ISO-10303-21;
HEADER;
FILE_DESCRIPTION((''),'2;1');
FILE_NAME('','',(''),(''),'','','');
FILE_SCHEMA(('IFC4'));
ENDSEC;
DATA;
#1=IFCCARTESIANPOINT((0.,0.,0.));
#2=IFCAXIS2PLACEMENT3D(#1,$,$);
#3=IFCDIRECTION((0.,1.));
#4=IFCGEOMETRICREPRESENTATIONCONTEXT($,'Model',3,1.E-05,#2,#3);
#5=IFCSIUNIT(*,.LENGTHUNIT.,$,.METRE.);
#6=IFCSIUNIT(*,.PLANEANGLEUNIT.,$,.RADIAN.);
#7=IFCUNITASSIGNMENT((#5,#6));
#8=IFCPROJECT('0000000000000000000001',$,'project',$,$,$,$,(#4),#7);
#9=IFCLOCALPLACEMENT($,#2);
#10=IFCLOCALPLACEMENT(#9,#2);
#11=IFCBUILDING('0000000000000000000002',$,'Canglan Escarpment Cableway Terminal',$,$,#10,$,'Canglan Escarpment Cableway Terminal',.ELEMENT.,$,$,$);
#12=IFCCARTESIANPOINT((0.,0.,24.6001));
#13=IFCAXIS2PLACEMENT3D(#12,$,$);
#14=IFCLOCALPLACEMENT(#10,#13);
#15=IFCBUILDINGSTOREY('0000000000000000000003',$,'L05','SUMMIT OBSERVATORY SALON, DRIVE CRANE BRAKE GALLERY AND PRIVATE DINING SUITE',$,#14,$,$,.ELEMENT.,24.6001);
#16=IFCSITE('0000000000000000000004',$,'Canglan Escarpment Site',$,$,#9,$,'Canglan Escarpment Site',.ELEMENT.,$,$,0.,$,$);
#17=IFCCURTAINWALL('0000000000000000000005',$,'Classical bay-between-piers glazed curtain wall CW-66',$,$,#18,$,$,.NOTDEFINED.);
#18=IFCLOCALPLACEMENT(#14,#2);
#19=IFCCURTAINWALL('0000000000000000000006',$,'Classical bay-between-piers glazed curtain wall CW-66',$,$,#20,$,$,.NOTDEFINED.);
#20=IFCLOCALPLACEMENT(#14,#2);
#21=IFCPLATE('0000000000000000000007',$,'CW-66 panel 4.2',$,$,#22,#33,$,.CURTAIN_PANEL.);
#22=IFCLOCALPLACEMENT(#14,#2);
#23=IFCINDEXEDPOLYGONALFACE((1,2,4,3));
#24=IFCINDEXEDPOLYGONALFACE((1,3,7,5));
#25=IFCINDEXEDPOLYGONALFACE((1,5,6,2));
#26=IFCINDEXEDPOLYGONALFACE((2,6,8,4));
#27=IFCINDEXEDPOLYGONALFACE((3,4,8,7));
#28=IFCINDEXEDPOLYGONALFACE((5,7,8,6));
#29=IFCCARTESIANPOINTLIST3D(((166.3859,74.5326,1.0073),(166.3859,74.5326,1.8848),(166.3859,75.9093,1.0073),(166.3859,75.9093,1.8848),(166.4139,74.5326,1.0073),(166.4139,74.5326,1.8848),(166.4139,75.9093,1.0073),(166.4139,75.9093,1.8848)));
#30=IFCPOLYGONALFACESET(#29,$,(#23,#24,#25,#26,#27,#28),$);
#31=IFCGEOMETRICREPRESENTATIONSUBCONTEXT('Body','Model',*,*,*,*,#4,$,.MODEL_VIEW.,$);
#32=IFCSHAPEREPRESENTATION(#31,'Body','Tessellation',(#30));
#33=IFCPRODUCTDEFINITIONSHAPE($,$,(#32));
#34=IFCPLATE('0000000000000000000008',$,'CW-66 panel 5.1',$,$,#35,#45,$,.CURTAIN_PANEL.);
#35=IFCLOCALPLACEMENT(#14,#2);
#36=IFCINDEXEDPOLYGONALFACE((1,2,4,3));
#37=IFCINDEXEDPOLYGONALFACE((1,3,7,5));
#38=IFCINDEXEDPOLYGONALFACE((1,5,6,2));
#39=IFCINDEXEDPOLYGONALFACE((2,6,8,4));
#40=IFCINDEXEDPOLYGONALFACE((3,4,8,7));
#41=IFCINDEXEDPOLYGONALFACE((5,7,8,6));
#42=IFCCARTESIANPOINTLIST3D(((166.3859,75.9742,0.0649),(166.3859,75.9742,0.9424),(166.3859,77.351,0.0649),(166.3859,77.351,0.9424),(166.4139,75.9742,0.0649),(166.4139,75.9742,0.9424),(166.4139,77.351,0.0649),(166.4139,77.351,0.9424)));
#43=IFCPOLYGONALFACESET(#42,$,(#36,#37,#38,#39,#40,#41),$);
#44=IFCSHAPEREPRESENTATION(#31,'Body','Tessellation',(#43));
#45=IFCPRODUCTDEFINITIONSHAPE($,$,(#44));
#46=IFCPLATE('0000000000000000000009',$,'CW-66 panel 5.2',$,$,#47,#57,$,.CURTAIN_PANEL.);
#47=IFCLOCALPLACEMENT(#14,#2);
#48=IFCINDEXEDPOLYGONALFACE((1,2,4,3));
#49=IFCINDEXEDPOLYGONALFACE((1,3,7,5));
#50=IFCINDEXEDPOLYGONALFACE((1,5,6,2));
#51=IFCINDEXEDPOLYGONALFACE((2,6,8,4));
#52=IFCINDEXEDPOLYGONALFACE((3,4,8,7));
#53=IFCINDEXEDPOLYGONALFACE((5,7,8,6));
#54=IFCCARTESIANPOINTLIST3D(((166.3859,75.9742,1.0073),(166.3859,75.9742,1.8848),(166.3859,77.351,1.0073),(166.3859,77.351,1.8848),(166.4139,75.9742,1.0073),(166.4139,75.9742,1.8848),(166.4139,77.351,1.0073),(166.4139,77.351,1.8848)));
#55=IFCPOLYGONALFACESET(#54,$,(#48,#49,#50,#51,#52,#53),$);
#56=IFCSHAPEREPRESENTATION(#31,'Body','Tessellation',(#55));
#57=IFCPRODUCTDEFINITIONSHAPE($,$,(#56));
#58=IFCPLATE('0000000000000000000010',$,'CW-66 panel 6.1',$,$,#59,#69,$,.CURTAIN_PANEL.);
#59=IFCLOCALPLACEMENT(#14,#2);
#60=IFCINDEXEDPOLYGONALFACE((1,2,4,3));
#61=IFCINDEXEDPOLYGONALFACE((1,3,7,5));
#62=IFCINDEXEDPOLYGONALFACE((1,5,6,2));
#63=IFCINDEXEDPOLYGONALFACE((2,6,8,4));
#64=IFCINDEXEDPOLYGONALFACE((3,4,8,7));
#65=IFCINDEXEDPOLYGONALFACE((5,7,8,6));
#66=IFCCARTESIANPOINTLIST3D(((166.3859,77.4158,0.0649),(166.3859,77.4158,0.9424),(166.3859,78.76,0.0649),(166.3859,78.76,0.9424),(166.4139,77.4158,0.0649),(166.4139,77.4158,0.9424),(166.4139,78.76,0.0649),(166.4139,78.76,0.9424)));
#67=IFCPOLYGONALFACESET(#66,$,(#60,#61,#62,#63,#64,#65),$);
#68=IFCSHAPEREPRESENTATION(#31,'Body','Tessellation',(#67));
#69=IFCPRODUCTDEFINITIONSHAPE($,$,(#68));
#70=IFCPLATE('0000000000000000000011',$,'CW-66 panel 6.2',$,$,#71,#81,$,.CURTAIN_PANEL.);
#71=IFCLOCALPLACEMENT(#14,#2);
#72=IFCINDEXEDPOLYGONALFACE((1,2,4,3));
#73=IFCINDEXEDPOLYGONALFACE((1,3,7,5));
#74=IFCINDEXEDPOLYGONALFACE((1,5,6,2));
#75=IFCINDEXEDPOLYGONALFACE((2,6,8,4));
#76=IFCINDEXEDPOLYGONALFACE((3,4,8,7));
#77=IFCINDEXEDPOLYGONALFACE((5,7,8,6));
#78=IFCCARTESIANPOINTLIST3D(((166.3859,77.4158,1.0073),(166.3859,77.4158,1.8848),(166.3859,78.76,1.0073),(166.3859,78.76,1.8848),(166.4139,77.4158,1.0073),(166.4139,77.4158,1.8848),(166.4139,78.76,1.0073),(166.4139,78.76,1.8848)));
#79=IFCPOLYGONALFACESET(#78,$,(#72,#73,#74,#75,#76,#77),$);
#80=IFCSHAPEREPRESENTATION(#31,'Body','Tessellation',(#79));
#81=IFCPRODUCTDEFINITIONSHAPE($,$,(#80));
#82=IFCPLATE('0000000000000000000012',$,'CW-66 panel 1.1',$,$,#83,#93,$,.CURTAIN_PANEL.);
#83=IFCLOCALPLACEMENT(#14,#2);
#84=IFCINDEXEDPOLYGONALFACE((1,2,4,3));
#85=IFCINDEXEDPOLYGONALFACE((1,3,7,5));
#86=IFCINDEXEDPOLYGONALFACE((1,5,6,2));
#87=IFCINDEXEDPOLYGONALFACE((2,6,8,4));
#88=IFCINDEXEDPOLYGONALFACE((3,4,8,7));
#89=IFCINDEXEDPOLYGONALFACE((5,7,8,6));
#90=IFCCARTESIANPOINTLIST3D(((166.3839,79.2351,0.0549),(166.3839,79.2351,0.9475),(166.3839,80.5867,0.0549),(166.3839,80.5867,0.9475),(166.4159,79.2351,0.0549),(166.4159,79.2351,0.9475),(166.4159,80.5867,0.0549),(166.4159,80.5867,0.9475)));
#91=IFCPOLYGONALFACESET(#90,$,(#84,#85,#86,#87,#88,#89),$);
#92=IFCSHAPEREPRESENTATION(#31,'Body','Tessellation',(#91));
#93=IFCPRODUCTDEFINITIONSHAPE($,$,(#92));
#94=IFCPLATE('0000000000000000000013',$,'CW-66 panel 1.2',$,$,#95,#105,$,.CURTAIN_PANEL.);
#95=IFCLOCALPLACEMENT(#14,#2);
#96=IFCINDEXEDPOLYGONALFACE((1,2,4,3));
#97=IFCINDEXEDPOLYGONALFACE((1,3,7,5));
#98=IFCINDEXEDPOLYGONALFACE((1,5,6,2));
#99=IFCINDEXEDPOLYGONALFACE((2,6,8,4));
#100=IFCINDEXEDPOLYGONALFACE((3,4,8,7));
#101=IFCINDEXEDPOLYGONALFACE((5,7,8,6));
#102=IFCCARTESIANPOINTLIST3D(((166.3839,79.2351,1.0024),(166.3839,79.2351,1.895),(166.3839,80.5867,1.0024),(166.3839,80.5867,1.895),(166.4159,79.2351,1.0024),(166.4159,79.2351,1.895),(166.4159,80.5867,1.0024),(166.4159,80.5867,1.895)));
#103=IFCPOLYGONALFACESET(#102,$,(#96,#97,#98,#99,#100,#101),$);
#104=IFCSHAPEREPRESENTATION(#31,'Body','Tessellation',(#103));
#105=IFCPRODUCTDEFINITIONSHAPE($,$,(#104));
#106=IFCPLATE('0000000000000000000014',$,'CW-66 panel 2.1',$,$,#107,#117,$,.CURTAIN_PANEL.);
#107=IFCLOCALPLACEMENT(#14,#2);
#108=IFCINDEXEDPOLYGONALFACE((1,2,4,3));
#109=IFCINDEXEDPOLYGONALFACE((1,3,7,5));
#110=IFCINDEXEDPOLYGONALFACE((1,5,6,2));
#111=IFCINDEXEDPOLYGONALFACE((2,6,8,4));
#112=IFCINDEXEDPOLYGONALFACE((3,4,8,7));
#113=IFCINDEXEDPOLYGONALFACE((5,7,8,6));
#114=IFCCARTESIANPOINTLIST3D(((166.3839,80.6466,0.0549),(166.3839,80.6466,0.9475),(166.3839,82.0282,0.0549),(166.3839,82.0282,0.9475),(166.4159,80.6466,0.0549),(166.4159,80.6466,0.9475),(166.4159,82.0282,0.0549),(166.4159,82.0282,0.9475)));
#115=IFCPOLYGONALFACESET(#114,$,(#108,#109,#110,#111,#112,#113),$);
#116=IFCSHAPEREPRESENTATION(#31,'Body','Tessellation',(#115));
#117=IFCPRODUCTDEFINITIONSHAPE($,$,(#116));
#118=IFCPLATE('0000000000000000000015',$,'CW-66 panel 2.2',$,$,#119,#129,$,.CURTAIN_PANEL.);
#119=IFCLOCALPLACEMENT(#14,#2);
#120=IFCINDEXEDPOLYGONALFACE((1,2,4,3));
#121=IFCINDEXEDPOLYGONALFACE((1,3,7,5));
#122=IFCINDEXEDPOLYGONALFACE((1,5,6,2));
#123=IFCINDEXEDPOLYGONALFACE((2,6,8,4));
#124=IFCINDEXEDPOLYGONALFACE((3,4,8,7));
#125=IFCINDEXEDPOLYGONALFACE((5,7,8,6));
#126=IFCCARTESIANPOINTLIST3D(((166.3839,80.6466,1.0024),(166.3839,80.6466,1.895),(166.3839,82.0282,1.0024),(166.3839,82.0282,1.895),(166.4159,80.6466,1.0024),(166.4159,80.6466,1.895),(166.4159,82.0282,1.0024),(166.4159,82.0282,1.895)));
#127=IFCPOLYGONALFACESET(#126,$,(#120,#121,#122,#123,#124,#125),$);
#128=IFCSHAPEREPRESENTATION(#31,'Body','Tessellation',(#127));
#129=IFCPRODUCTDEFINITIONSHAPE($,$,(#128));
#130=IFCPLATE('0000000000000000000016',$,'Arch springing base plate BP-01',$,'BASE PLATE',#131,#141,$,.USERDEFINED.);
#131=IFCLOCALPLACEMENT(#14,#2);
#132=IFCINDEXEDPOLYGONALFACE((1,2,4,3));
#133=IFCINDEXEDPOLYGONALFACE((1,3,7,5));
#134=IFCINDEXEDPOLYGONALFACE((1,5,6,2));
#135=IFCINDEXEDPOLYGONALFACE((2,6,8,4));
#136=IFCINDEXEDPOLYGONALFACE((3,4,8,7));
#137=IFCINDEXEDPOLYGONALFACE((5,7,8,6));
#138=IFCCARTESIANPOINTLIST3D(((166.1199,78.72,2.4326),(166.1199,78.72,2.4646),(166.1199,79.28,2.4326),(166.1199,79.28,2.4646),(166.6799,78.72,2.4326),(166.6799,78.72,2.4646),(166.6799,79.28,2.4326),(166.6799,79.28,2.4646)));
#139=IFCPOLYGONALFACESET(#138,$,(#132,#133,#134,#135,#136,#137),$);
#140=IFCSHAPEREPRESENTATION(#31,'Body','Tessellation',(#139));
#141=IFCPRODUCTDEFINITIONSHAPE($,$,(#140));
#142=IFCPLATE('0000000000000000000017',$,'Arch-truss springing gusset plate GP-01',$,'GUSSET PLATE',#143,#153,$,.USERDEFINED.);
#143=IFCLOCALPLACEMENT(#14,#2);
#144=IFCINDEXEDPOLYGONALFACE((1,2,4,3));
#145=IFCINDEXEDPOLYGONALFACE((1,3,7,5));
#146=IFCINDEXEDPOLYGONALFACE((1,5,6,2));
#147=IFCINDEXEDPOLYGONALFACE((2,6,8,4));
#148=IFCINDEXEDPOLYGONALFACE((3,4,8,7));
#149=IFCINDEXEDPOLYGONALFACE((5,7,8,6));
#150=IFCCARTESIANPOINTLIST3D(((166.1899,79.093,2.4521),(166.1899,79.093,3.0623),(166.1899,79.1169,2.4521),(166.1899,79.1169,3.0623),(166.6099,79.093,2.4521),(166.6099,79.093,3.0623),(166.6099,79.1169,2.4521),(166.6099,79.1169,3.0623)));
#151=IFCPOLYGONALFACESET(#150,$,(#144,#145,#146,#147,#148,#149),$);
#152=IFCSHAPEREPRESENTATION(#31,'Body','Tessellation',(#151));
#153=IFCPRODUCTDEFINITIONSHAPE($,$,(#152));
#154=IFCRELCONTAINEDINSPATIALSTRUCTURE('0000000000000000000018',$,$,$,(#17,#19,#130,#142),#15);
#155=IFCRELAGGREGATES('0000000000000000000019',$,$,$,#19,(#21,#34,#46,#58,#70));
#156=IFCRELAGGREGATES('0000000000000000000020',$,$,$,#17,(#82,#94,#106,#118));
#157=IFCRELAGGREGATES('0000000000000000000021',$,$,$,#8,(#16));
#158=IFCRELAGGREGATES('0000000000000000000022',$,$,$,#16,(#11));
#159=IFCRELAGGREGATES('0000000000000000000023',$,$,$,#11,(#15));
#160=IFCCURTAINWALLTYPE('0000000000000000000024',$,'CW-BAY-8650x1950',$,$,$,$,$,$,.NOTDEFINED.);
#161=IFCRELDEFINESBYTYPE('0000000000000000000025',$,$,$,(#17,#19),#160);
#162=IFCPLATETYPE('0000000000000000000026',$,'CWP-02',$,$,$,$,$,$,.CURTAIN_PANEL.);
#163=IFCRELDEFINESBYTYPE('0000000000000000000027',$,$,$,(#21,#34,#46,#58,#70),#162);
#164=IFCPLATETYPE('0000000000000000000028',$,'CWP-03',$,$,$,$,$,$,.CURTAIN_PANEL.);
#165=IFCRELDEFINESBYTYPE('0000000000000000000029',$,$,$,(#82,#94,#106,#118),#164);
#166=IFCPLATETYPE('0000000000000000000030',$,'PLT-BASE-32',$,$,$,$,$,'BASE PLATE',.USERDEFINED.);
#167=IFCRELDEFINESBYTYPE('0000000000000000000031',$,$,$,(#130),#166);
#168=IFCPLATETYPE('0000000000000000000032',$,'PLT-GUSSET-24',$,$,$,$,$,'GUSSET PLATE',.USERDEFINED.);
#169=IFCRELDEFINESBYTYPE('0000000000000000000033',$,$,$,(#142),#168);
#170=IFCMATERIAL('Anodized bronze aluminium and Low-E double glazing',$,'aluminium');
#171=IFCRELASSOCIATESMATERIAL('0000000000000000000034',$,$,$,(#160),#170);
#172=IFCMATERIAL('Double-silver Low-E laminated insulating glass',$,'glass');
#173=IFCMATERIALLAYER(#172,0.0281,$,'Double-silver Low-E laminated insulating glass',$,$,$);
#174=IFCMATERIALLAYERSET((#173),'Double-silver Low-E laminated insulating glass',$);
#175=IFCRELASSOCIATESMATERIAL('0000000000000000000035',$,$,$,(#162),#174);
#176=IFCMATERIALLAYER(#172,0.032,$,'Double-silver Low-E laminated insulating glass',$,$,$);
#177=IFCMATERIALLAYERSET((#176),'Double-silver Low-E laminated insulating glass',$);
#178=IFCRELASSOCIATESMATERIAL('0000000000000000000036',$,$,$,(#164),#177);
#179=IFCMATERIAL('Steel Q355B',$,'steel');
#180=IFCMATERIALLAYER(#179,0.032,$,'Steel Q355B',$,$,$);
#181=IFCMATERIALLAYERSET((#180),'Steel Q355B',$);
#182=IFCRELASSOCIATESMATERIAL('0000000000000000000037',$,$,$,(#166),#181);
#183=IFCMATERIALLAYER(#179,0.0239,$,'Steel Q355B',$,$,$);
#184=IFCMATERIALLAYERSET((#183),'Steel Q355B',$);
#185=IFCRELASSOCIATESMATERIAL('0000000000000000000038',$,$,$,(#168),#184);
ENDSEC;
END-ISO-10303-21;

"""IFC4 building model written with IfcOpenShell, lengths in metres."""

from ifc_helpers import new_model, si_unit, direction, frame, origin, origin_2d, place, context, subcontext, project, spatial, rectangle, extrude, material, layer, layer_set, type_object, element, aggregate, save


model = new_model("IFC4")

# Units and contexts
model_context = context("Model", 3, precision=1e-05, world=origin(), true_north=direction((0.0, 1.0)))
body_context = subcontext(model_context, "Body", "Model", "MODEL_VIEW")
ifc_project = project(units=[si_unit("LENGTHUNIT", "METRE"), si_unit("PLANEANGLEUNIT", "RADIAN")], contexts=[model_context])

# Site, building, storey
site_placement = place(None, origin())
site = spatial("IfcSite", under=ifc_project, at=site_placement, Name="Canglan Escarpment Site", LongName="Canglan Escarpment Site", CompositionType="ELEMENT", RefElevation=0.0)
building_placement = place(site_placement, origin())
building = spatial("IfcBuilding", under=site, at=building_placement, Name="Canglan Escarpment Cableway Terminal", LongName="Canglan Escarpment Cableway Terminal", CompositionType="ELEMENT")
storey_placement = place(building_placement, frame((0.0, 0.0, 24.6001)))
storey = spatial("IfcBuildingStorey", under=building, at=storey_placement, Name="L05", Description="SUMMIT OBSERVATORY SALON, DRIVE CRANE BRAKE GALLERY AND PRIVATE DINING SUITE", CompositionType="ELEMENT", Elevation=24.6001)

# Shared definitions
ifc_material_1 = material(Name="Steel Q355B", Category="steel")

# Curtain walls
ifc_material_2 = material(Name="Anodized bronze aluminium and Low-E double glazing", Category="aluminium")
curtain_wall_type = type_object("IfcCurtainWallType", Name="CW-BAY-8650x1950", PredefinedType="NOTDEFINED", material=ifc_material_2)
curtain_wall_1_placement = place(storey_placement, origin())
curtain_wall_1 = element("IfcCurtainWall", 1, at=curtain_wall_1_placement, inside=storey, type_object=curtain_wall_type, Name="Classical bay-between-piers glazed curtain wall CW-66", PredefinedType="NOTDEFINED")
curtain_wall_2_placement = place(storey_placement, origin())
curtain_wall_2 = element("IfcCurtainWall", 2, at=curtain_wall_2_placement, inside=storey, type_object=curtain_wall_type, Name="Classical bay-between-piers glazed curtain wall CW-66", PredefinedType="NOTDEFINED")

# Plates
ifc_material_3 = material(Name="Double-silver Low-E laminated insulating glass", Category="glass")
ifc_layer_1 = layer(ifc_material_3, 0.0281, Name="Double-silver Low-E laminated insulating glass")
ifc_layer_set_1 = layer_set([ifc_layer_1], Name="Double-silver Low-E laminated insulating glass")
plate_type_1 = type_object("IfcPlateType", Name="CWP-02", PredefinedType="CURTAIN_PANEL", material=ifc_layer_set_1)
plate_1_placement = place(storey_placement, frame((166.3999, 75.2209, 1.0073), z_axis=(0.0, 0.0, 1.0), x_axis=(0.0, 1.0, 0.0)))
plate_1 = element("IfcPlate", 3, at=plate_1_placement, type_object=plate_type_1, Name="CW-66 panel 4.2", PredefinedType="CURTAIN_PANEL", context=body_context, shape_type="SweptSolid", body=[
    extrude(rectangle(XDim=1.3767, YDim=0.0281, at=origin_2d()), origin(), (0.0, 0.0, 1.0), 0.8774),
])
plate_2_placement = place(storey_placement, frame((166.3999, 76.6626, 0.0649), z_axis=(0.0, 0.0, 1.0), x_axis=(0.0, 1.0, 0.0)))
plate_2 = element("IfcPlate", 4, at=plate_2_placement, type_object=plate_type_1, Name="CW-66 panel 5.1", PredefinedType="CURTAIN_PANEL", context=body_context, shape_type="SweptSolid", body=[
    extrude(rectangle(XDim=1.3767, YDim=0.0281, at=origin_2d()), origin(), (0.0, 0.0, 1.0), 0.8774),
])
plate_3_placement = place(storey_placement, frame((166.3999, 76.6626, 1.0073), z_axis=(0.0, 0.0, 1.0), x_axis=(0.0, 1.0, 0.0)))
plate_3 = element("IfcPlate", 5, at=plate_3_placement, type_object=plate_type_1, Name="CW-66 panel 5.2", PredefinedType="CURTAIN_PANEL", context=body_context, shape_type="SweptSolid", body=[
    extrude(rectangle(XDim=1.3767, YDim=0.0281, at=origin_2d()), origin(), (0.0, 0.0, 1.0), 0.8774),
])
plate_4_placement = place(storey_placement, frame((166.3999, 78.0879, 0.0649), z_axis=(0.0, 0.0, 1.0), x_axis=(0.0, 1.0, 0.0)))
plate_4 = element("IfcPlate", 6, at=plate_4_placement, type_object=plate_type_1, Name="CW-66 panel 6.1", PredefinedType="CURTAIN_PANEL", context=body_context, shape_type="SweptSolid", body=[
    extrude(rectangle(XDim=1.3442, YDim=0.0281, at=origin_2d()), origin(), (0.0, 0.0, 1.0), 0.8774),
])
plate_5_placement = place(storey_placement, frame((166.3999, 78.0879, 1.0073), z_axis=(0.0, 0.0, 1.0), x_axis=(0.0, 1.0, 0.0)))
plate_5 = element("IfcPlate", 7, at=plate_5_placement, type_object=plate_type_1, Name="CW-66 panel 6.2", PredefinedType="CURTAIN_PANEL", context=body_context, shape_type="SweptSolid", body=[
    extrude(rectangle(XDim=1.3442, YDim=0.0281, at=origin_2d()), origin(), (0.0, 0.0, 1.0), 0.8774),
])
aggregate(curtain_wall_2, [plate_1, plate_2, plate_3, plate_4, plate_5])
ifc_layer_2 = layer(ifc_material_3, 0.032, Name="Double-silver Low-E laminated insulating glass")
ifc_layer_set_2 = layer_set([ifc_layer_2], Name="Double-silver Low-E laminated insulating glass")
plate_type_2 = type_object("IfcPlateType", Name="CWP-03", PredefinedType="CURTAIN_PANEL", material=ifc_layer_set_2)
plate_6_placement = place(storey_placement, frame((166.3999, 79.9109, 0.0549), z_axis=(0.0, 0.0, 1.0), x_axis=(0.0, 1.0, 0.0)))
plate_6 = element("IfcPlate", 8, at=plate_6_placement, type_object=plate_type_2, Name="CW-66 panel 1.1", PredefinedType="CURTAIN_PANEL", context=body_context, shape_type="SweptSolid", body=[
    extrude(rectangle(XDim=1.3516, YDim=0.032, at=origin_2d()), origin(), (0.0, 0.0, 1.0), 0.8926),
])
plate_7_placement = place(storey_placement, frame((166.3999, 79.9109, 1.0024), z_axis=(0.0, 0.0, 1.0), x_axis=(0.0, 1.0, 0.0)))
plate_7 = element("IfcPlate", 9, at=plate_7_placement, type_object=plate_type_2, Name="CW-66 panel 1.2", PredefinedType="CURTAIN_PANEL", context=body_context, shape_type="SweptSolid", body=[
    extrude(rectangle(XDim=1.3516, YDim=0.032, at=origin_2d()), origin(), (0.0, 0.0, 1.0), 0.8926),
])
plate_8_placement = place(storey_placement, frame((166.3999, 81.3374, 0.0549), z_axis=(0.0, 0.0, 1.0), x_axis=(0.0, 1.0, 0.0)))
plate_8 = element("IfcPlate", 10, at=plate_8_placement, type_object=plate_type_2, Name="CW-66 panel 2.1", PredefinedType="CURTAIN_PANEL", context=body_context, shape_type="SweptSolid", body=[
    extrude(rectangle(XDim=1.3816, YDim=0.032, at=origin_2d()), origin(), (0.0, 0.0, 1.0), 0.8926),
])
plate_9_placement = place(storey_placement, frame((166.3999, 81.3374, 1.0024), z_axis=(0.0, 0.0, 1.0), x_axis=(0.0, 1.0, 0.0)))
plate_9 = element("IfcPlate", 11, at=plate_9_placement, type_object=plate_type_2, Name="CW-66 panel 2.2", PredefinedType="CURTAIN_PANEL", context=body_context, shape_type="SweptSolid", body=[
    extrude(rectangle(XDim=1.3816, YDim=0.032, at=origin_2d()), origin(), (0.0, 0.0, 1.0), 0.8926),
])
aggregate(curtain_wall_1, [plate_6, plate_7, plate_8, plate_9])

# Plates
ifc_layer_3 = layer(ifc_material_1, 0.032, Name="Steel Q355B")
ifc_layer_set_3 = layer_set([ifc_layer_3], Name="Steel Q355B")
plate_type_3 = type_object("IfcPlateType", Name="PLT-BASE-32", ElementType="BASE PLATE", PredefinedType="USERDEFINED", material=ifc_layer_set_3)
plate_10_placement = place(storey_placement, frame((166.3999, 79.0, 2.4326), z_axis=(0.0, 0.0, 1.0), x_axis=(1.0, 0.0, 0.0)))
element("IfcPlate", 12, at=plate_10_placement, inside=storey, type_object=plate_type_3, Name="Arch springing base plate BP-01", ObjectType="BASE PLATE", PredefinedType="USERDEFINED", context=body_context, shape_type="SweptSolid", body=[
    extrude(rectangle(XDim=0.5601, YDim=0.5601, at=origin_2d()), origin(), (0.0, 0.0, 1.0), 0.032),
])
ifc_layer_4 = layer(ifc_material_1, 0.0239, Name="Steel Q355B")
ifc_layer_set_4 = layer_set([ifc_layer_4], Name="Steel Q355B")
plate_type_4 = type_object("IfcPlateType", Name="PLT-GUSSET-24", ElementType="GUSSET PLATE", PredefinedType="USERDEFINED", material=ifc_layer_set_4)
plate_11_placement = place(storey_placement, frame((166.3999, 79.105, 2.4521), z_axis=(0.0, 0.0, 1.0), x_axis=(1.0, 0.0, 0.0)))
element("IfcPlate", 13, at=plate_11_placement, inside=storey, type_object=plate_type_4, Name="Arch-truss springing gusset plate GP-01", ObjectType="GUSSET PLATE", PredefinedType="USERDEFINED", context=body_context, shape_type="SweptSolid", body=[
    extrude(rectangle(XDim=0.4199, YDim=0.0239, at=origin_2d()), origin(), (0.0, 0.0, 1.0), 0.6101),
])

save(model, "model.ifc")
